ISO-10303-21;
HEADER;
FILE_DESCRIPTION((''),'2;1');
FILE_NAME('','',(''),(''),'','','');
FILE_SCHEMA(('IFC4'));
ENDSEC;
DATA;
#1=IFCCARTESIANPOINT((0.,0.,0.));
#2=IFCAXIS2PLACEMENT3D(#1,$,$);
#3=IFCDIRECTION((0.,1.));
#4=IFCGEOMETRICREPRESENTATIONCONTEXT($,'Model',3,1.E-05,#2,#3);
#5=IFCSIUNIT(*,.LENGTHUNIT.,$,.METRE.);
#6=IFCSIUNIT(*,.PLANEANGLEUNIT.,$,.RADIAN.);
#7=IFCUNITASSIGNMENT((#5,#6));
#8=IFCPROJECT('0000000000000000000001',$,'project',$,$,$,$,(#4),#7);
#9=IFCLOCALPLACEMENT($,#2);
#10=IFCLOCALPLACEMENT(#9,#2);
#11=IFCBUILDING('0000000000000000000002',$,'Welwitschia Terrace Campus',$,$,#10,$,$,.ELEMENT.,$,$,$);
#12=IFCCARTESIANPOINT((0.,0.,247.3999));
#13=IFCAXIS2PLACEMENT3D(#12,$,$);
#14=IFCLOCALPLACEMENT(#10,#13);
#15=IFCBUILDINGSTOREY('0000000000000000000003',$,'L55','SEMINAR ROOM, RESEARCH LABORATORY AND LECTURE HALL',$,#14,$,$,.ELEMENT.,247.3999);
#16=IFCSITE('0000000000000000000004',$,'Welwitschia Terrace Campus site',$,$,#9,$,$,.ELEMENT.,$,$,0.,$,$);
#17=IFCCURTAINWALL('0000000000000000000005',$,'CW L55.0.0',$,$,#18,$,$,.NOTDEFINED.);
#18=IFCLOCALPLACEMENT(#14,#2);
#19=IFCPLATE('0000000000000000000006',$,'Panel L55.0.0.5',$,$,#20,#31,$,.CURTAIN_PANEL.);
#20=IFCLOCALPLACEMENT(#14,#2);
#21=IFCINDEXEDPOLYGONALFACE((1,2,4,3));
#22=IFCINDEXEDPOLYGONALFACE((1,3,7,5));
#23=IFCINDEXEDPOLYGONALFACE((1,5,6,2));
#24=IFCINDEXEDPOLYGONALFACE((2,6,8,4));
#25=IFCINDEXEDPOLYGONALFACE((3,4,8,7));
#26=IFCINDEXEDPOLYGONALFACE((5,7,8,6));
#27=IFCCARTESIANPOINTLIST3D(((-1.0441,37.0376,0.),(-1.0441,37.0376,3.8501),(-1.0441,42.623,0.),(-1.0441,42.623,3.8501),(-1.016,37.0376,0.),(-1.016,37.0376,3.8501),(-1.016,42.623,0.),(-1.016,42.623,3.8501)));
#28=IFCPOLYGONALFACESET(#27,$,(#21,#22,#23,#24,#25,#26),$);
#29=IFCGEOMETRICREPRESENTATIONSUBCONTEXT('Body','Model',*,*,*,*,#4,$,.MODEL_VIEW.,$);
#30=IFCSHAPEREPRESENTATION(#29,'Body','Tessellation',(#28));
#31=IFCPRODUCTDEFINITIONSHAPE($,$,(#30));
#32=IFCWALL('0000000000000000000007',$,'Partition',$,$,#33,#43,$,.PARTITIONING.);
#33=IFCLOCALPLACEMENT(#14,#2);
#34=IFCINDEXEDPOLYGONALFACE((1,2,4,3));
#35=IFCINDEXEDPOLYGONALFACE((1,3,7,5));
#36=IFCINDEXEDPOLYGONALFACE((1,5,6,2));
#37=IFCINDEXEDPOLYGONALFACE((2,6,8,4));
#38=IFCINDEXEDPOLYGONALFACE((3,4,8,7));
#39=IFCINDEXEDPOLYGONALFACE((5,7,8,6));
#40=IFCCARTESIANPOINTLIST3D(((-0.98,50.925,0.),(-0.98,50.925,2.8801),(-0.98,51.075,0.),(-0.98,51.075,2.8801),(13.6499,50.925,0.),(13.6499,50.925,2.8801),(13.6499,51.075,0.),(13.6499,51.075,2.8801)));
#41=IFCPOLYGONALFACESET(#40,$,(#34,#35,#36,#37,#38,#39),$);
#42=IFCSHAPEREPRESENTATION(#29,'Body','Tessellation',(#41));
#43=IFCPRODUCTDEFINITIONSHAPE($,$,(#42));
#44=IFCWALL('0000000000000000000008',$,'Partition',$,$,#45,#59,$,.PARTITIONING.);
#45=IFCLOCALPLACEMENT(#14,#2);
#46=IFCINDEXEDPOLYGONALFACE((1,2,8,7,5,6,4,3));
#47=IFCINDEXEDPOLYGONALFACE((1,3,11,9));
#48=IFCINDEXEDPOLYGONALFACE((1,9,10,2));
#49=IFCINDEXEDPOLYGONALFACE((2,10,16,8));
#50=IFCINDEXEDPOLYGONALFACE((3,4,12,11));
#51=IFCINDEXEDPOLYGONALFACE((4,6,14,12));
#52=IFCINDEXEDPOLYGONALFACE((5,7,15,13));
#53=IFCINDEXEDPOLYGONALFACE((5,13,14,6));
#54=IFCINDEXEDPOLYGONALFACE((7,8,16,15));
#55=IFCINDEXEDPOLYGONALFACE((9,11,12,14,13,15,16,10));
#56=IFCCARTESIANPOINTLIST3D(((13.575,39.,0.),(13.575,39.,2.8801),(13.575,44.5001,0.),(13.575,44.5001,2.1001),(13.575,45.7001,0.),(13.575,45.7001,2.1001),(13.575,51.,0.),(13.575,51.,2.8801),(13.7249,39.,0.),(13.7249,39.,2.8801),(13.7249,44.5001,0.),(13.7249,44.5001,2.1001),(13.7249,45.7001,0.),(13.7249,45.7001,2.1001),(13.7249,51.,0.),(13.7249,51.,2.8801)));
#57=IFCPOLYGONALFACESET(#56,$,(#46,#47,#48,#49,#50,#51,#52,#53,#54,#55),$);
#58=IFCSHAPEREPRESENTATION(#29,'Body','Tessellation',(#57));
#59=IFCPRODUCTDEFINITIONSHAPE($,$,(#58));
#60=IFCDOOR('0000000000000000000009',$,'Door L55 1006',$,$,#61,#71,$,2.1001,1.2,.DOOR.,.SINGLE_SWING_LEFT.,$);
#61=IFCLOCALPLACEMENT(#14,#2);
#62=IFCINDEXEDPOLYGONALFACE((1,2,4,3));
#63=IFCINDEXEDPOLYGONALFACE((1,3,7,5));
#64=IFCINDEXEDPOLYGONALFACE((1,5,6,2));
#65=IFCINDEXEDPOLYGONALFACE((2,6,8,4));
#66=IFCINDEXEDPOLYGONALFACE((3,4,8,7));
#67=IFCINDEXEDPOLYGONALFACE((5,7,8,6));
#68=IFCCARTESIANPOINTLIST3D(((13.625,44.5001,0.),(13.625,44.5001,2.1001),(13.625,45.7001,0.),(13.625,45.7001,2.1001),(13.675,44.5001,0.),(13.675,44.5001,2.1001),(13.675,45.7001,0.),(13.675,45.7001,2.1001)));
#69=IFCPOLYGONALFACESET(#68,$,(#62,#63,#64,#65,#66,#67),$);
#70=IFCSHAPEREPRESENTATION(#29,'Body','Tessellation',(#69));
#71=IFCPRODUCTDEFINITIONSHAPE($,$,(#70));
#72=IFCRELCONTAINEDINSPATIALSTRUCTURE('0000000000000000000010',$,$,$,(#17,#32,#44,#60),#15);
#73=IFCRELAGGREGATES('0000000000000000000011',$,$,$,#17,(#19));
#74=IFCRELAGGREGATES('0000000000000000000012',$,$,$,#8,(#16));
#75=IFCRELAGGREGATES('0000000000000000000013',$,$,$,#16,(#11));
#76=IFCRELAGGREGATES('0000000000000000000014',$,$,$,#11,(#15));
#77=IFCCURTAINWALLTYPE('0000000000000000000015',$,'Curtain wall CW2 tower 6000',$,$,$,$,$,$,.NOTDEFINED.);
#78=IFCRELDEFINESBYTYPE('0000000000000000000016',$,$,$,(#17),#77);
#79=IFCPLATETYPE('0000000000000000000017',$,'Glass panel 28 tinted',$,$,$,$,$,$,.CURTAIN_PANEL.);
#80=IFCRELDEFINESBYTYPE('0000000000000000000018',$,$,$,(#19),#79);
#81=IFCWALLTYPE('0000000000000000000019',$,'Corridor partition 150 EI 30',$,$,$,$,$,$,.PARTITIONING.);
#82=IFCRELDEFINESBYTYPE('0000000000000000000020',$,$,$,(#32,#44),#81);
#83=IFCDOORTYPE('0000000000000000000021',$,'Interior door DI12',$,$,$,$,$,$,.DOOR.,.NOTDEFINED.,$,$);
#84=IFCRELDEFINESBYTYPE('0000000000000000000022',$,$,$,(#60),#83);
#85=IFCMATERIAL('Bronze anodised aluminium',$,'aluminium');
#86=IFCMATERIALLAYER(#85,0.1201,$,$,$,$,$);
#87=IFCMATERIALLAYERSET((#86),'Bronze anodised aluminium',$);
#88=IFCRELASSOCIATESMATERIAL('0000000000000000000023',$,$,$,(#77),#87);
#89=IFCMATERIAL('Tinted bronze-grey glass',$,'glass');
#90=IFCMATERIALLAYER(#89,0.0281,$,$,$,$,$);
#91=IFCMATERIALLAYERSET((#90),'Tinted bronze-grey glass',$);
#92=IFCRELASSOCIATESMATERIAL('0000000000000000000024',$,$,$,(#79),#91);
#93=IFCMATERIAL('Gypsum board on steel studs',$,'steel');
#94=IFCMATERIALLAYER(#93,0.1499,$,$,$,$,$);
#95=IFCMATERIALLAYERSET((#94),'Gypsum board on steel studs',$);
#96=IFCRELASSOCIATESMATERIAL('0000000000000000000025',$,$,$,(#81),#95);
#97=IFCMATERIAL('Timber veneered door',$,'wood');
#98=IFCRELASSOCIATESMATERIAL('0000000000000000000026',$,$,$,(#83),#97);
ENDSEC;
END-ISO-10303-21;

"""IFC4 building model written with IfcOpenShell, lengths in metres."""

from ifc_helpers import new_model, si_unit, direction, frame, frame_2d, origin, origin_2d, place, context, subcontext, project, spatial, rectangle, extrude, material, layer, layer_set, type_object, element, fill, aggregate, save


model = new_model("IFC4")

# Units and contexts
model_context = context("Model", 3, precision=1e-05, world=origin(), true_north=direction((0.0, 1.0)))
body_context = subcontext(model_context, "Body", "Model", "MODEL_VIEW")
ifc_project = project(units=[si_unit("LENGTHUNIT", "METRE"), si_unit("PLANEANGLEUNIT", "RADIAN")], contexts=[model_context])

# Site, building, storey
site_placement = place(None, origin())
site = spatial("IfcSite", under=ifc_project, at=site_placement, Name="Welwitschia Terrace Campus site", CompositionType="ELEMENT", RefElevation=0.0)
building_placement = place(site_placement, origin())
building = spatial("IfcBuilding", under=site, at=building_placement, Name="Welwitschia Terrace Campus", CompositionType="ELEMENT")
storey_placement = place(building_placement, frame((0.0, 0.0, 247.3999)))
storey = spatial("IfcBuildingStorey", under=building, at=storey_placement, Name="L55", Description="SEMINAR ROOM, RESEARCH LABORATORY AND LECTURE HALL", CompositionType="ELEMENT", Elevation=247.3999)

# Curtain wall
ifc_material_1 = material(Name="Bronze anodised aluminium", Category="aluminium")
ifc_layer_1 = layer(ifc_material_1, 0.1201)
ifc_layer_set_1 = layer_set([ifc_layer_1], Name="Bronze anodised aluminium")
curtain_wall_type = type_object("IfcCurtainWallType", Name="Curtain wall CW2 tower 6000", PredefinedType="NOTDEFINED", material=ifc_layer_set_1)
curtain_wall_placement = place(storey_placement, origin())
curtain_wall = element("IfcCurtainWall", 1, at=curtain_wall_placement, inside=storey, type_object=curtain_wall_type, Name="CW L55.0.0", PredefinedType="NOTDEFINED")

# Plate
ifc_material_2 = material(Name="Tinted bronze-grey glass", Category="glass")
ifc_layer_2 = layer(ifc_material_2, 0.0281)
ifc_layer_set_2 = layer_set([ifc_layer_2], Name="Tinted bronze-grey glass")
plate_type = type_object("IfcPlateType", Name="Glass panel 28 tinted", PredefinedType="CURTAIN_PANEL", material=ifc_layer_set_2)
plate_1_placement = place(storey_placement, frame((-1.03, 39.8303, 0.0), z_axis=(0.0, 0.0, 1.0), x_axis=(0.0, -1.0, 0.0)))
plate_1 = element("IfcPlate", 2, at=plate_1_placement, type_object=plate_type, Name="Panel L55.0.0.5", PredefinedType="CURTAIN_PANEL", context=body_context, shape_type="SweptSolid", body=[
    extrude(rectangle(XDim=5.5854, YDim=0.0281, at=origin_2d()), origin(), (0.0, 0.0, 1.0), 3.8501),
])
aggregate(curtain_wall, [plate_1])

# Wall
ifc_material_3 = material(Name="Gypsum board on steel studs", Category="steel")
ifc_layer_3 = layer(ifc_material_3, 0.1499)
ifc_layer_set_3 = layer_set([ifc_layer_3], Name="Gypsum board on steel studs")
wall_type = type_object("IfcWallType", Name="Corridor partition 150 EI 30", PredefinedType="PARTITIONING", material=ifc_layer_set_3)
wall_1_placement = place(storey_placement, frame((-0.98, 51.0, 0.0), z_axis=(0.0, 0.0, 1.0), x_axis=(1.0, 0.0, 0.0)))
element("IfcWall", 3, at=wall_1_placement, inside=storey, type_object=wall_type, Name="Partition", PredefinedType="PARTITIONING", context=body_context, shape_type="SweptSolid", body=[
    extrude(rectangle(XDim=14.6299, YDim=0.1499, at=frame_2d((7.3149, 0.0))), origin(), (0.0, 0.0, 1.0), 2.8801),
])

# Wall, opening, door
wall_2_placement = place(storey_placement, frame((13.6499, 39.0, 0.0), z_axis=(0.0, 0.0, 1.0), x_axis=(0.0, 1.0, 0.0)))
wall_2 = element("IfcWall", 4, at=wall_2_placement, inside=storey, type_object=wall_type, Name="Partition", PredefinedType="PARTITIONING", context=body_context, shape_type="SweptSolid", body=[
    extrude(rectangle(XDim=12.0, YDim=0.1499, at=frame_2d((6.0, 0.0))), origin(), (0.0, 0.0, 1.0), 2.8801),
])
opening_placement = place(wall_2_placement, frame((5.5, 0.0, 0.0)))
opening = element("IfcOpeningElement", 5, at=opening_placement, cuts=wall_2, PredefinedType="OPENING", context=body_context, shape_type="SweptSolid", body=[
    extrude(rectangle(XDim=1.2, YDim=2.1001, at=frame_2d((0.6001, 1.05))), frame((0.0, 0.085, 0.0), z_axis=(0.0, -1.0, 0.0), x_axis=(1.0, 0.0, 0.0)), (0.0, 0.0, 1.0), 0.1699),
])
ifc_material_4 = material(Name="Timber veneered door", Category="wood")
door_type = type_object("IfcDoorType", Name="Interior door DI12", OperationType="NOTDEFINED", PredefinedType="DOOR", material=ifc_material_4)
door_placement = place(opening_placement, origin())
door = element("IfcDoor", 6, at=door_placement, inside=storey, type_object=door_type, Name="Door L55 1006", OperationType="SINGLE_SWING_LEFT", OverallHeight=2.1001, OverallWidth=1.2, PredefinedType="DOOR", context=body_context, shape_type="SweptSolid", body=[
    extrude(rectangle(XDim=1.2, YDim=2.1001, at=frame_2d((0.6001, 1.05))), frame((0.0, 0.0249, 0.0), z_axis=(0.0, -1.0, 0.0), x_axis=(1.0, 0.0, 0.0)), (0.0, 0.0, 1.0), 0.05),
])
fill(opening, door)

save(model, "model.ifc")
